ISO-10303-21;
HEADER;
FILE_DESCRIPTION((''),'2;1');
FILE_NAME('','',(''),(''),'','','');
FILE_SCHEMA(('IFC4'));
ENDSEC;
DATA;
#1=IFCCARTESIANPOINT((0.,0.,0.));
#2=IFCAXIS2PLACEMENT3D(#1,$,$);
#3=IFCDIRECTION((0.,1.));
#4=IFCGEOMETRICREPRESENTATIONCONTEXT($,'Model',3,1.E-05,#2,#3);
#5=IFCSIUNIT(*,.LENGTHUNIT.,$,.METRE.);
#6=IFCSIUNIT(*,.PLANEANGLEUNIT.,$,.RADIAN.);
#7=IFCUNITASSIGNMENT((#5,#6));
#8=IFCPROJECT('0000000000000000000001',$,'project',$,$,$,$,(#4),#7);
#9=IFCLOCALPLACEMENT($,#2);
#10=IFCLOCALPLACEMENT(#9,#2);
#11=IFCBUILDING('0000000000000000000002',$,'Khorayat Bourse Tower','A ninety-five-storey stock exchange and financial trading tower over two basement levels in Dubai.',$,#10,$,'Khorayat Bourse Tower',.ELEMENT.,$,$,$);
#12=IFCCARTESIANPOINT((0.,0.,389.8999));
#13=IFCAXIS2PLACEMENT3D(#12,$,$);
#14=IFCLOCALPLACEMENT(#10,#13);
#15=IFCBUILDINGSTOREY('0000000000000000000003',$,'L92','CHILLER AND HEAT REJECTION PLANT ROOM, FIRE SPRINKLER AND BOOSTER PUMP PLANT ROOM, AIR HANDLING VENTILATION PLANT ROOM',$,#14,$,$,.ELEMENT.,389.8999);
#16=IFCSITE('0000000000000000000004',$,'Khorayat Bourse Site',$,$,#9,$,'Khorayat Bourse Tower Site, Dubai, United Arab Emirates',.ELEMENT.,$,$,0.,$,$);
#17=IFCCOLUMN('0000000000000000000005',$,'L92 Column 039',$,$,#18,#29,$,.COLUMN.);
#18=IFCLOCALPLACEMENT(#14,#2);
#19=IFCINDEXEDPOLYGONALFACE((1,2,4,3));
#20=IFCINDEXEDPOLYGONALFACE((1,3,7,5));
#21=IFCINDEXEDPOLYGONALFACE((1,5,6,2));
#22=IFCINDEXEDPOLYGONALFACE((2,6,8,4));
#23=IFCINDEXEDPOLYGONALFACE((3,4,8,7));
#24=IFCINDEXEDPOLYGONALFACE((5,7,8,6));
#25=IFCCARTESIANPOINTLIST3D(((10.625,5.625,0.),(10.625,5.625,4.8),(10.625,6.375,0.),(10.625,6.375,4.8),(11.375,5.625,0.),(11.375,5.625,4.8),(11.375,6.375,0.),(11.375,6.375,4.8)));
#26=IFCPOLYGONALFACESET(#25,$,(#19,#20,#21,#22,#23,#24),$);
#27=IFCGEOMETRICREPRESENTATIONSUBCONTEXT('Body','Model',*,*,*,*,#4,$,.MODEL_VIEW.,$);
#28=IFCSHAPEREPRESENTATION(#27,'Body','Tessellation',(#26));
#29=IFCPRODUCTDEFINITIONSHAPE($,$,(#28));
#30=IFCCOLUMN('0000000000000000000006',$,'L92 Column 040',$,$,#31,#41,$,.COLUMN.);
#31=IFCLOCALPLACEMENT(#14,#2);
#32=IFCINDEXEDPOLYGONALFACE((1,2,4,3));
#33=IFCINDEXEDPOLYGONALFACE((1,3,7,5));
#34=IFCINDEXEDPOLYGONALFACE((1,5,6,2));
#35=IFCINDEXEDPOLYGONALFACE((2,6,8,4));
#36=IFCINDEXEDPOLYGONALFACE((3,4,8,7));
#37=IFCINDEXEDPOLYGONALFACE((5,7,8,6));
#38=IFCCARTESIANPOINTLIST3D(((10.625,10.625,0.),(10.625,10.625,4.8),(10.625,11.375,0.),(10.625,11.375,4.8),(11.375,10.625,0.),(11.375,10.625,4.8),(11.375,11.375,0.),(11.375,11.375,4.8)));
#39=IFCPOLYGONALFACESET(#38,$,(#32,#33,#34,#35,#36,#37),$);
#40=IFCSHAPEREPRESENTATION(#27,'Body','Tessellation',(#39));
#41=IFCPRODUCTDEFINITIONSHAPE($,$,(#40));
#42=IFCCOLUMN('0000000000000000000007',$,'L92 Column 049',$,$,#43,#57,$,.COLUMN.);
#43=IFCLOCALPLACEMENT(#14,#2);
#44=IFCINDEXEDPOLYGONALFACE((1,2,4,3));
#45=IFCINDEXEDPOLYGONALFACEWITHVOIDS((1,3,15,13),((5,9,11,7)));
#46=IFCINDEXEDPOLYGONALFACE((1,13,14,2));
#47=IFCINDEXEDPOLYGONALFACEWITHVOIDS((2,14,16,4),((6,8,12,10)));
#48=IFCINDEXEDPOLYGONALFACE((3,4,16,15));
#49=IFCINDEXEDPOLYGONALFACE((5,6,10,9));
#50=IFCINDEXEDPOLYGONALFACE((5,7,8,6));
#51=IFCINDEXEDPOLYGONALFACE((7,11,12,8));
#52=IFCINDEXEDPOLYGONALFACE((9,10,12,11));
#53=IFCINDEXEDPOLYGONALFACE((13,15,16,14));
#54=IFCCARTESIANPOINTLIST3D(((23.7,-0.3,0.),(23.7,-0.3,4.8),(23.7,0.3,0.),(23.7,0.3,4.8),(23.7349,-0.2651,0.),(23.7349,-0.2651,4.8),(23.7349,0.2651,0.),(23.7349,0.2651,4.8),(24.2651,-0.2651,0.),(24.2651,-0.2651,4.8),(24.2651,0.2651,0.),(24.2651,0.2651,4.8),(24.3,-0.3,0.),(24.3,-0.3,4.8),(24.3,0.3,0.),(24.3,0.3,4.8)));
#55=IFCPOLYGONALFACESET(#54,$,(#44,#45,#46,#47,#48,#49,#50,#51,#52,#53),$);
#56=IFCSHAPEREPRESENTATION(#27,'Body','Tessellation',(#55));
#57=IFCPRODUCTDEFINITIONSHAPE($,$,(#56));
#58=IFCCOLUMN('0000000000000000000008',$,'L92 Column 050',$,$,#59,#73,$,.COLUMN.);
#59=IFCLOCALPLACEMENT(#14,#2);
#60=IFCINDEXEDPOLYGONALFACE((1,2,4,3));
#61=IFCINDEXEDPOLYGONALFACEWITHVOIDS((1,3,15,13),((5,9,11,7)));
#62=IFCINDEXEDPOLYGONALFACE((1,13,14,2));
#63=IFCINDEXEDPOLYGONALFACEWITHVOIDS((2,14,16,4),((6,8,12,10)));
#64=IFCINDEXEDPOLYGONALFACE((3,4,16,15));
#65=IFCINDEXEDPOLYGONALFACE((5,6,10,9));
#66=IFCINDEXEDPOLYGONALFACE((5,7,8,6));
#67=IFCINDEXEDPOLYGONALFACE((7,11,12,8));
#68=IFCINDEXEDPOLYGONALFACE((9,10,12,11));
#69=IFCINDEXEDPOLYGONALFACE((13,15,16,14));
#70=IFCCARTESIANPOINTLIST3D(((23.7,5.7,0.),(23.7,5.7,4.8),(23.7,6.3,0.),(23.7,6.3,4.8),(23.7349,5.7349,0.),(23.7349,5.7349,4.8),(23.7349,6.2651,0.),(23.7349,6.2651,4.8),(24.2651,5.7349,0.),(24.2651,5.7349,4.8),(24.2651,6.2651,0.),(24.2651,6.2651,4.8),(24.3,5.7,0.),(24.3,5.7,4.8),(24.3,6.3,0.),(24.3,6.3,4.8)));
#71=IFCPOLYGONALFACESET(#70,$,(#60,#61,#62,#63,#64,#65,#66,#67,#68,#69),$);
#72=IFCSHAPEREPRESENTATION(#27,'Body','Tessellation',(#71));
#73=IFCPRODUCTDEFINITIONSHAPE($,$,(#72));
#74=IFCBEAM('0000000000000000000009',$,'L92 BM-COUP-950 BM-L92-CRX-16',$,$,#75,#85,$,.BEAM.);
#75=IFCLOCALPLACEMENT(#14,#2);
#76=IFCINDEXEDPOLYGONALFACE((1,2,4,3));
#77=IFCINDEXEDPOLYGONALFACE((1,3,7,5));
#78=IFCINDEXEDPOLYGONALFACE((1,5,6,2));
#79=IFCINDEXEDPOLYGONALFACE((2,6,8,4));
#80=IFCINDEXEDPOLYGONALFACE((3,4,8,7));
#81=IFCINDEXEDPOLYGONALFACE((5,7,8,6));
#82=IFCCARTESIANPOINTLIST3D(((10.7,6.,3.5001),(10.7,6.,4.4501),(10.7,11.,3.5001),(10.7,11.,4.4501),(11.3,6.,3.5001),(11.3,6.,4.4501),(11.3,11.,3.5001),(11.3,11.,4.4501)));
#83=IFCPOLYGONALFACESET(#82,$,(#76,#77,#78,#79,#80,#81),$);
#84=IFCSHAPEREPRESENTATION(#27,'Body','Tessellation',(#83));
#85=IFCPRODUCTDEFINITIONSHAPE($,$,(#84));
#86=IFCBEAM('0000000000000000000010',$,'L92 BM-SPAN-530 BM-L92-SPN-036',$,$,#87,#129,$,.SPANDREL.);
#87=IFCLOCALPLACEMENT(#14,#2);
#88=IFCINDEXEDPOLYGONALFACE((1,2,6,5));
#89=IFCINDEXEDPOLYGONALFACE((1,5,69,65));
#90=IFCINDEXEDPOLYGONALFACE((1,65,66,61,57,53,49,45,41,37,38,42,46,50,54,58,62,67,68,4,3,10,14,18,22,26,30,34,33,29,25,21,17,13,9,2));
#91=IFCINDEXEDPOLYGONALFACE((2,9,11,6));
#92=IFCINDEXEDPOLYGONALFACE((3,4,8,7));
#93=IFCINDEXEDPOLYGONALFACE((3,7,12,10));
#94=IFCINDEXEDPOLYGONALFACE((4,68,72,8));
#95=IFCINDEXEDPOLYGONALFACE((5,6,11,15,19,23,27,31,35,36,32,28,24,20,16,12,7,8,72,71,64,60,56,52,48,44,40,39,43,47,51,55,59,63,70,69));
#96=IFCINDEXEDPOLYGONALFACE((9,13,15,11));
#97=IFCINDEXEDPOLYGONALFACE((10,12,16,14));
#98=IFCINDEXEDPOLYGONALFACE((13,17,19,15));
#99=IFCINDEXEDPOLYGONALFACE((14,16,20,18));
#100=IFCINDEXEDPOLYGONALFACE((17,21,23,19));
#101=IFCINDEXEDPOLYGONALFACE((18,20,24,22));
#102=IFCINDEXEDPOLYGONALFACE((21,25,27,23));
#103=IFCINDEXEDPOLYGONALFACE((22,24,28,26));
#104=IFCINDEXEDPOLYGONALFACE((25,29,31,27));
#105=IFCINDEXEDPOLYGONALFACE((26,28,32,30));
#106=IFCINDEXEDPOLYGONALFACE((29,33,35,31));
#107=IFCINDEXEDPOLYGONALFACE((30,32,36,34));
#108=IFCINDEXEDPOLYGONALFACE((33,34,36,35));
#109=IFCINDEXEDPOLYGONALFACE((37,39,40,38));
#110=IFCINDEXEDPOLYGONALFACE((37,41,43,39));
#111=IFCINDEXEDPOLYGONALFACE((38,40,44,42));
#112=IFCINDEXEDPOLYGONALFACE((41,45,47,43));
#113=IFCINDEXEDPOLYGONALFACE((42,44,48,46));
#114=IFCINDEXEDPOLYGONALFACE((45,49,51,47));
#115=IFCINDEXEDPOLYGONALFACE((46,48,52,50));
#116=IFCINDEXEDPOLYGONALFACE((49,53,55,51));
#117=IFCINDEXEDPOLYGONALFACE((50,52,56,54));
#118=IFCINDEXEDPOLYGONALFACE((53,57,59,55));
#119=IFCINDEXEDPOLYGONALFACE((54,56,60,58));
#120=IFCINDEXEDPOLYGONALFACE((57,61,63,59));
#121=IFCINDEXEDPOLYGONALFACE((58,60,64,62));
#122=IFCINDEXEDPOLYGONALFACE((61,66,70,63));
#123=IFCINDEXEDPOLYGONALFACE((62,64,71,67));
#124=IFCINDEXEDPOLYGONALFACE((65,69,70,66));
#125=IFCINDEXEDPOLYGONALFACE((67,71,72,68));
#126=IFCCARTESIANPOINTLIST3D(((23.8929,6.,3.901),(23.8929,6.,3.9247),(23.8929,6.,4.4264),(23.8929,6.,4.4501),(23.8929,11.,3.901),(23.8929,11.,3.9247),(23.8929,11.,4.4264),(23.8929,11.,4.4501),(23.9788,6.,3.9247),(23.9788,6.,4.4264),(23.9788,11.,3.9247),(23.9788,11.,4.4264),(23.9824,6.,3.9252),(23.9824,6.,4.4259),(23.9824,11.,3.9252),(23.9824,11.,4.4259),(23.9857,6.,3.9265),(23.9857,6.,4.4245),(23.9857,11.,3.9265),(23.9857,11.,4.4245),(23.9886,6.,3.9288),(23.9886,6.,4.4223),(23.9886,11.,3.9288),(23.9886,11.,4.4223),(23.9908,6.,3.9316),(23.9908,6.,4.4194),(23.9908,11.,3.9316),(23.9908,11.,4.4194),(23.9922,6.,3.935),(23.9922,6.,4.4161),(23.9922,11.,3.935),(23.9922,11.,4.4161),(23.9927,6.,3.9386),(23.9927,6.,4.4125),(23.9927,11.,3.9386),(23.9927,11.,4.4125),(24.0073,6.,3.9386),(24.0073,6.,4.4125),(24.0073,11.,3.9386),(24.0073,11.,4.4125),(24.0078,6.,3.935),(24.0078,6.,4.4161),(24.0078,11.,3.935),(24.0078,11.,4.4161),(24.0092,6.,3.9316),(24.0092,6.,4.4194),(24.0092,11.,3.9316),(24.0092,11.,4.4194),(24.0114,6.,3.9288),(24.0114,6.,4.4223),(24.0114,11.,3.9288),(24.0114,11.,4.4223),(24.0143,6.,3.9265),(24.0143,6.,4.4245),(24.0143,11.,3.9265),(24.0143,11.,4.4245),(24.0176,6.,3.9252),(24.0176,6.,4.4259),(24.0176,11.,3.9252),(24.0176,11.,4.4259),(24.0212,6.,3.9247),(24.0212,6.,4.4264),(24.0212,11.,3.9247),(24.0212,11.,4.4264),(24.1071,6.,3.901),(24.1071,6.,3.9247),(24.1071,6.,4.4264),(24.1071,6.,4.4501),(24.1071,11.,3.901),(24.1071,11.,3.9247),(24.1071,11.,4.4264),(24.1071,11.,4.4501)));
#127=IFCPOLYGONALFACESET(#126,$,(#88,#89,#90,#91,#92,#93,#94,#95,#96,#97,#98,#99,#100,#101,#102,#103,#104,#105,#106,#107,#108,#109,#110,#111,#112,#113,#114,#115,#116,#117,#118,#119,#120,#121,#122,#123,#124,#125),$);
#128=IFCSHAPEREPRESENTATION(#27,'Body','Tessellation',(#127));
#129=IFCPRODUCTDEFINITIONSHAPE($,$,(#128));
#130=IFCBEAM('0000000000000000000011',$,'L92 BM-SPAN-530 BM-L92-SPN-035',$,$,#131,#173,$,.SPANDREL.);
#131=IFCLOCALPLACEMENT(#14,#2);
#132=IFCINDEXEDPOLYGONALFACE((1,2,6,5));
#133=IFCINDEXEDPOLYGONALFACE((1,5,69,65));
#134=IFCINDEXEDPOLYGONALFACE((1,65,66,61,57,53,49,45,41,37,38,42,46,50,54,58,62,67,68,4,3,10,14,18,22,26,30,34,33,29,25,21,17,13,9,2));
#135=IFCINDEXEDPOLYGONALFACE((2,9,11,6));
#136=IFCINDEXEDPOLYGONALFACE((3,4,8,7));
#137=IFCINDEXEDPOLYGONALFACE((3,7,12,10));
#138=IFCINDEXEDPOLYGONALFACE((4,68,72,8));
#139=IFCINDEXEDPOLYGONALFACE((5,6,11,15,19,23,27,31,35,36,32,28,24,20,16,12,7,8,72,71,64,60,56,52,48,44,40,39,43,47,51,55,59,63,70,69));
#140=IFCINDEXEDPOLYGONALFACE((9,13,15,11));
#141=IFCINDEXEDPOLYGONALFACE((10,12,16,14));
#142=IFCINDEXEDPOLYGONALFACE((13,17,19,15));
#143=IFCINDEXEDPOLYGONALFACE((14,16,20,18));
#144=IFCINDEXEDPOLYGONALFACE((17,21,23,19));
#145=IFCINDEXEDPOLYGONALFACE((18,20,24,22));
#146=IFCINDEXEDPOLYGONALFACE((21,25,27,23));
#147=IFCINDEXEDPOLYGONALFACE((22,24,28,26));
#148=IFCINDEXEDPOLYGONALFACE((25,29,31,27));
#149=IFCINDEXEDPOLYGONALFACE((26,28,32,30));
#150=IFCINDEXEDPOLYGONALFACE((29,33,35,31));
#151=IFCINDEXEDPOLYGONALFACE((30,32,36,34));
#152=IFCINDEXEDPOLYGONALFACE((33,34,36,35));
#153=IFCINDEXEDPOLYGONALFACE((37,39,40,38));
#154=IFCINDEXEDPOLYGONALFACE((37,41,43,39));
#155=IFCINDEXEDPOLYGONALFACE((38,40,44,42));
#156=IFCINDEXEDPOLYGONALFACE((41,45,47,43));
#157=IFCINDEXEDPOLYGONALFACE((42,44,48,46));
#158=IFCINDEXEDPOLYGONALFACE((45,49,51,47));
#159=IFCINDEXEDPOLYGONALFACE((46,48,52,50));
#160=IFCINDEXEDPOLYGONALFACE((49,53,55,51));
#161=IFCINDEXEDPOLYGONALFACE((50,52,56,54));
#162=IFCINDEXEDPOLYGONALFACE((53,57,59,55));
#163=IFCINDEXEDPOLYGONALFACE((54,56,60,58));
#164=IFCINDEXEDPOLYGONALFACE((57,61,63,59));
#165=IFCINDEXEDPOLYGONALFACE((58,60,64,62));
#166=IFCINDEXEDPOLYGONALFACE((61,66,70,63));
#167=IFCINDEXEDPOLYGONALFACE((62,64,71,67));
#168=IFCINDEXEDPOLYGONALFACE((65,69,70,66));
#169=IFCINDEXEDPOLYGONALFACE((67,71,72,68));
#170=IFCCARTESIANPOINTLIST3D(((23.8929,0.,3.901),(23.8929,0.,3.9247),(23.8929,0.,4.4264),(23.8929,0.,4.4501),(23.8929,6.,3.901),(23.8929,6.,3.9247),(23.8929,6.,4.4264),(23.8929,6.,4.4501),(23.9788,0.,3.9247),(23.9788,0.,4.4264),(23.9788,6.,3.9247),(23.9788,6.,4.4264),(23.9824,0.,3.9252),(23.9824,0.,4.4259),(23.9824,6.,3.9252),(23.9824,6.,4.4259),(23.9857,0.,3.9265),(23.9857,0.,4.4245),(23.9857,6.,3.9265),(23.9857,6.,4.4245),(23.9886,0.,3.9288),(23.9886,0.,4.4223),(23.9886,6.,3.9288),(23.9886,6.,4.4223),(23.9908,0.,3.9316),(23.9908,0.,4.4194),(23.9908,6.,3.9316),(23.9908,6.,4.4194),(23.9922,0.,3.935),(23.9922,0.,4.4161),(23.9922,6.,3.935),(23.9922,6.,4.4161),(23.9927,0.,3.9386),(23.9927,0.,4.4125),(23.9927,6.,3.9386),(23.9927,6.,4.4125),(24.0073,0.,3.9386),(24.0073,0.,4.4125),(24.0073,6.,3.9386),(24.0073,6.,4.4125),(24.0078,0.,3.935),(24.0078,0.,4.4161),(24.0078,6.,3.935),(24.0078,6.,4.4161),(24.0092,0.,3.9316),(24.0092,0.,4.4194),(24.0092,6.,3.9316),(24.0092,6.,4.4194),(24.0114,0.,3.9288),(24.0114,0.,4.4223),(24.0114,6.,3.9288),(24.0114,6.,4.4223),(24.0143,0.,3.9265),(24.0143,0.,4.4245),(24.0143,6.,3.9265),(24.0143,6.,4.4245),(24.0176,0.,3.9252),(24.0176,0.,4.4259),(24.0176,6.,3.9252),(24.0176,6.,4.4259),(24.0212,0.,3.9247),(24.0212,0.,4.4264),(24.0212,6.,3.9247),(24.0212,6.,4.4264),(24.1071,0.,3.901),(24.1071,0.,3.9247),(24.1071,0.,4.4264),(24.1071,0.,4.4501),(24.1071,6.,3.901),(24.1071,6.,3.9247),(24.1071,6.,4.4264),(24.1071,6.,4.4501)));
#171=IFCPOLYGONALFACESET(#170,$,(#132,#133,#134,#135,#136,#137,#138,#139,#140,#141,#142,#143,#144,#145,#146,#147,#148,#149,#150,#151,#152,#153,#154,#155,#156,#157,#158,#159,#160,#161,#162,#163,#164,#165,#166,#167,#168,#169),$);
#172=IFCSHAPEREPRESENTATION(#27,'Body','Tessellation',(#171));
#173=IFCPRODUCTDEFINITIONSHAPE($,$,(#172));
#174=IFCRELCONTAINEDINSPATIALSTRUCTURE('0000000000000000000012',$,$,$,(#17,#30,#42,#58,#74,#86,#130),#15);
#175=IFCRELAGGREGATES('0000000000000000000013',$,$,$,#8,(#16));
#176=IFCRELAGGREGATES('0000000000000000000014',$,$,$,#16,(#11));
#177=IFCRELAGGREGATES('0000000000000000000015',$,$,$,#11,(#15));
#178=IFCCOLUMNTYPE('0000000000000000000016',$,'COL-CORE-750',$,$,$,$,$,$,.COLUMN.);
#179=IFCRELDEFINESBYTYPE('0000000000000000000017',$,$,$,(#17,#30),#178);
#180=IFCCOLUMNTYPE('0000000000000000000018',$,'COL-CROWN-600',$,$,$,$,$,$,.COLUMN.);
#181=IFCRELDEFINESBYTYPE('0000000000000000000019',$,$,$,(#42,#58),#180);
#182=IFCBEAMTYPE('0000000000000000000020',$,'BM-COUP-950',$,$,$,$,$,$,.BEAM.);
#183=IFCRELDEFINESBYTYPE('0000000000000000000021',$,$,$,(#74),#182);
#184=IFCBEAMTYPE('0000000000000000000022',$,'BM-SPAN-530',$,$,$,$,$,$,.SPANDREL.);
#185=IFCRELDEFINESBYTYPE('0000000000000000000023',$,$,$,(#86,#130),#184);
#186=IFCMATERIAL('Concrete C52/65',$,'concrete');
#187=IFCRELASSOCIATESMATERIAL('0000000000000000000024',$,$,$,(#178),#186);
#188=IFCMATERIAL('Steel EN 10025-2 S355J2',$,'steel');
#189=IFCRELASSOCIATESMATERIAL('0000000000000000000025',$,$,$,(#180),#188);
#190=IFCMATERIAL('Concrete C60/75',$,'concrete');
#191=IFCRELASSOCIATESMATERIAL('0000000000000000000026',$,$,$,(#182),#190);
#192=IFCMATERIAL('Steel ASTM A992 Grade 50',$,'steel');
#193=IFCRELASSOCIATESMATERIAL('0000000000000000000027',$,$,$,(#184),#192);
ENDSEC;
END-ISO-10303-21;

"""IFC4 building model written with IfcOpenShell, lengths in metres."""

from ifc_helpers import new_model, si_unit, direction, frame, origin, origin_2d, place, context, subcontext, project, spatial, rectangle, hollow_rectangle, i_section, extrude, source, transform, mapped, material, material_profile, profile_set, type_object, element, save


model = new_model("IFC4")

# Units and contexts
model_context = context("Model", 3, precision=1e-05, world=origin(), true_north=direction((0.0, 1.0)))
body_context = subcontext(model_context, "Body", "Model", "MODEL_VIEW")
ifc_project = project(units=[si_unit("LENGTHUNIT", "METRE"), si_unit("PLANEANGLEUNIT", "RADIAN")], contexts=[model_context])

# Site, building, storey
site_placement = place(None, origin())
site = spatial("IfcSite", under=ifc_project, at=site_placement, Name="Khorayat Bourse Site", LongName="Khorayat Bourse Tower Site, Dubai, United Arab Emirates", CompositionType="ELEMENT", RefElevation=0.0)
building_placement = place(site_placement, origin())
building = spatial("IfcBuilding", under=site, at=building_placement, Name="Khorayat Bourse Tower", Description="A ninety-five-storey stock exchange and financial trading tower over two basement levels in Dubai.", LongName="Khorayat Bourse Tower", CompositionType="ELEMENT")
storey_placement = place(building_placement, frame((0.0, 0.0, 389.8999)))
storey = spatial("IfcBuildingStorey", under=building, at=storey_placement, Name="L92", Description="CHILLER AND HEAT REJECTION PLANT ROOM, FIRE SPRINKLER AND BOOSTER PUMP PLANT ROOM, AIR HANDLING VENTILATION PLANT ROOM", CompositionType="ELEMENT", Elevation=389.8999)

# Columns
ifc_material_1 = material(Name="Concrete C52/65", Category="concrete")
ifc_material_profile_1 = material_profile(ifc_material_1, rectangle(XDim=0.75, YDim=0.75, at=origin_2d()), Name="RC 750x750")
ifc_profile_set_1 = profile_set([ifc_material_profile_1], Name="Concrete C52/65")
column_type_1 = type_object("IfcColumnType", Name="COL-CORE-750", PredefinedType="COLUMN", material=ifc_profile_set_1)
shared_shape_1 = source(origin(), body_context, "Body", "SweptSolid", [
    extrude(rectangle(XDim=0.75, YDim=0.75, at=origin_2d()), origin(), (0.0, 0.0, 1.0), 4.8),
])
for number, where, z_axis, x_axis, name in (
    (1, (11.0, 6.0, 0.0), (0.0, 0.0, 1.0), (1.0, 0.0, 0.0), "L92 Column 039"),
    (2, (11.0, 11.0, 0.0), (0.0, 0.0, 1.0), (1.0, 0.0, 0.0), "L92 Column 040"),
):
    element("IfcColumn", number, at=place(storey_placement, frame(where, z_axis=z_axis, x_axis=x_axis)), inside=storey, type_object=column_type_1, Name=name, PredefinedType="COLUMN", context=body_context, shape_type="MappedRepresentation", body=[
        mapped(shared_shape_1, transform((0.0, 0.0, 0.0), scale=1.0)),
    ])
ifc_material_2 = material(Name="Steel EN 10025-2 S355J2", Category="steel")
ifc_material_profile_2 = material_profile(ifc_material_2, hollow_rectangle(XDim=0.6001, YDim=0.6001, WallThickness=0.0349, at=origin_2d()), Name="BOX 600x600x35")
ifc_profile_set_2 = profile_set([ifc_material_profile_2], Name="Steel EN 10025-2 S355J2")
column_type_2 = type_object("IfcColumnType", Name="COL-CROWN-600", PredefinedType="COLUMN", material=ifc_profile_set_2)
shared_shape_2 = source(origin(), body_context, "Body", "SweptSolid", [
    extrude(hollow_rectangle(XDim=0.6001, YDim=0.6001, WallThickness=0.0349, at=origin_2d()), origin(), (0.0, 0.0, 1.0), 4.8),
])
for number, where, z_axis, x_axis, name in (
    (3, (24.0, 0.0, 0.0), (0.0, 0.0, 1.0), (1.0, 0.0, 0.0), "L92 Column 049"),
    (4, (24.0, 6.0, 0.0), (0.0, 0.0, 1.0), (1.0, 0.0, 0.0), "L92 Column 050"),
):
    element("IfcColumn", number, at=place(storey_placement, frame(where, z_axis=z_axis, x_axis=x_axis)), inside=storey, type_object=column_type_2, Name=name, PredefinedType="COLUMN", context=body_context, shape_type="MappedRepresentation", body=[
        mapped(shared_shape_2, transform((0.0, 0.0, 0.0), scale=1.0)),
    ])

# Beams
ifc_material_3 = material(Name="Concrete C60/75", Category="concrete")
ifc_material_profile_3 = material_profile(ifc_material_3, rectangle(XDim=0.6001, YDim=0.95, at=origin_2d()), Name="RC 600x950")
ifc_profile_set_3 = profile_set([ifc_material_profile_3], Name="Concrete C60/75")
beam_type_1 = type_object("IfcBeamType", Name="BM-COUP-950", PredefinedType="BEAM", material=ifc_profile_set_3)
shared_shape_3 = source(origin(), body_context, "Body", "SweptSolid", [
    extrude(rectangle(XDim=0.6001, YDim=0.95, at=origin_2d()), origin(), (0.0, 0.0, 1.0), 5.0),
])
beam_1_placement = place(storey_placement, frame((11.0, 6.0, 3.9751), z_axis=(0.0, 1.0, 0.0), x_axis=(-1.0, 0.0, 0.0)))
element("IfcBeam", 5, at=beam_1_placement, inside=storey, type_object=beam_type_1, Name="L92 BM-COUP-950 BM-L92-CRX-16", PredefinedType="BEAM", context=body_context, shape_type="MappedRepresentation", body=[
    mapped(shared_shape_3, transform((0.0, 0.0, 0.0), scale=1.0)),
])
ifc_material_4 = material(Name="Steel ASTM A992 Grade 50", Category="steel")
ifc_material_profile_4 = material_profile(ifc_material_4, i_section(OverallWidth=0.2141, OverallDepth=0.5491, WebThickness=0.0146, FlangeThickness=0.0237, FilletRadius=0.0139, at=origin_2d()), Name="W530X138")
ifc_profile_set_4 = profile_set([ifc_material_profile_4], Name="Steel ASTM A992 Grade 50")
beam_type_2 = type_object("IfcBeamType", Name="BM-SPAN-530", PredefinedType="SPANDREL", material=ifc_profile_set_4)
shared_shape_4 = source(origin(), body_context, "Body", "SweptSolid", [
    extrude(i_section(OverallWidth=0.2141, OverallDepth=0.5491, WebThickness=0.0146, FlangeThickness=0.0237, FilletRadius=0.0139, at=origin_2d()), origin(), (0.0, 0.0, 1.0), 5.0),
])
beam_2_placement = place(storey_placement, frame((24.0, 6.0, 4.1755), z_axis=(0.0, 1.0, 0.0), x_axis=(-1.0, 0.0, 0.0)))
element("IfcBeam", 6, at=beam_2_placement, inside=storey, type_object=beam_type_2, Name="L92 BM-SPAN-530 BM-L92-SPN-036", PredefinedType="SPANDREL", context=body_context, shape_type="MappedRepresentation", body=[
    mapped(shared_shape_4, transform((0.0, 0.0, 0.0), scale=1.0)),
])
shared_shape_5 = source(origin(), body_context, "Body", "SweptSolid", [
    extrude(i_section(OverallWidth=0.2141, OverallDepth=0.5491, WebThickness=0.0146, FlangeThickness=0.0237, FilletRadius=0.0139, at=origin_2d()), origin(), (0.0, 0.0, 1.0), 6.0),
])
beam_3_placement = place(storey_placement, frame((24.0, 0.0, 4.1755), z_axis=(0.0, 1.0, 0.0), x_axis=(-1.0, 0.0, 0.0)))
element("IfcBeam", 7, at=beam_3_placement, inside=storey, type_object=beam_type_2, Name="L92 BM-SPAN-530 BM-L92-SPN-035", PredefinedType="SPANDREL", context=body_context, shape_type="MappedRepresentation", body=[
    mapped(shared_shape_5, transform((0.0, 0.0, 0.0), scale=1.0)),
])

save(model, "model.ifc")
